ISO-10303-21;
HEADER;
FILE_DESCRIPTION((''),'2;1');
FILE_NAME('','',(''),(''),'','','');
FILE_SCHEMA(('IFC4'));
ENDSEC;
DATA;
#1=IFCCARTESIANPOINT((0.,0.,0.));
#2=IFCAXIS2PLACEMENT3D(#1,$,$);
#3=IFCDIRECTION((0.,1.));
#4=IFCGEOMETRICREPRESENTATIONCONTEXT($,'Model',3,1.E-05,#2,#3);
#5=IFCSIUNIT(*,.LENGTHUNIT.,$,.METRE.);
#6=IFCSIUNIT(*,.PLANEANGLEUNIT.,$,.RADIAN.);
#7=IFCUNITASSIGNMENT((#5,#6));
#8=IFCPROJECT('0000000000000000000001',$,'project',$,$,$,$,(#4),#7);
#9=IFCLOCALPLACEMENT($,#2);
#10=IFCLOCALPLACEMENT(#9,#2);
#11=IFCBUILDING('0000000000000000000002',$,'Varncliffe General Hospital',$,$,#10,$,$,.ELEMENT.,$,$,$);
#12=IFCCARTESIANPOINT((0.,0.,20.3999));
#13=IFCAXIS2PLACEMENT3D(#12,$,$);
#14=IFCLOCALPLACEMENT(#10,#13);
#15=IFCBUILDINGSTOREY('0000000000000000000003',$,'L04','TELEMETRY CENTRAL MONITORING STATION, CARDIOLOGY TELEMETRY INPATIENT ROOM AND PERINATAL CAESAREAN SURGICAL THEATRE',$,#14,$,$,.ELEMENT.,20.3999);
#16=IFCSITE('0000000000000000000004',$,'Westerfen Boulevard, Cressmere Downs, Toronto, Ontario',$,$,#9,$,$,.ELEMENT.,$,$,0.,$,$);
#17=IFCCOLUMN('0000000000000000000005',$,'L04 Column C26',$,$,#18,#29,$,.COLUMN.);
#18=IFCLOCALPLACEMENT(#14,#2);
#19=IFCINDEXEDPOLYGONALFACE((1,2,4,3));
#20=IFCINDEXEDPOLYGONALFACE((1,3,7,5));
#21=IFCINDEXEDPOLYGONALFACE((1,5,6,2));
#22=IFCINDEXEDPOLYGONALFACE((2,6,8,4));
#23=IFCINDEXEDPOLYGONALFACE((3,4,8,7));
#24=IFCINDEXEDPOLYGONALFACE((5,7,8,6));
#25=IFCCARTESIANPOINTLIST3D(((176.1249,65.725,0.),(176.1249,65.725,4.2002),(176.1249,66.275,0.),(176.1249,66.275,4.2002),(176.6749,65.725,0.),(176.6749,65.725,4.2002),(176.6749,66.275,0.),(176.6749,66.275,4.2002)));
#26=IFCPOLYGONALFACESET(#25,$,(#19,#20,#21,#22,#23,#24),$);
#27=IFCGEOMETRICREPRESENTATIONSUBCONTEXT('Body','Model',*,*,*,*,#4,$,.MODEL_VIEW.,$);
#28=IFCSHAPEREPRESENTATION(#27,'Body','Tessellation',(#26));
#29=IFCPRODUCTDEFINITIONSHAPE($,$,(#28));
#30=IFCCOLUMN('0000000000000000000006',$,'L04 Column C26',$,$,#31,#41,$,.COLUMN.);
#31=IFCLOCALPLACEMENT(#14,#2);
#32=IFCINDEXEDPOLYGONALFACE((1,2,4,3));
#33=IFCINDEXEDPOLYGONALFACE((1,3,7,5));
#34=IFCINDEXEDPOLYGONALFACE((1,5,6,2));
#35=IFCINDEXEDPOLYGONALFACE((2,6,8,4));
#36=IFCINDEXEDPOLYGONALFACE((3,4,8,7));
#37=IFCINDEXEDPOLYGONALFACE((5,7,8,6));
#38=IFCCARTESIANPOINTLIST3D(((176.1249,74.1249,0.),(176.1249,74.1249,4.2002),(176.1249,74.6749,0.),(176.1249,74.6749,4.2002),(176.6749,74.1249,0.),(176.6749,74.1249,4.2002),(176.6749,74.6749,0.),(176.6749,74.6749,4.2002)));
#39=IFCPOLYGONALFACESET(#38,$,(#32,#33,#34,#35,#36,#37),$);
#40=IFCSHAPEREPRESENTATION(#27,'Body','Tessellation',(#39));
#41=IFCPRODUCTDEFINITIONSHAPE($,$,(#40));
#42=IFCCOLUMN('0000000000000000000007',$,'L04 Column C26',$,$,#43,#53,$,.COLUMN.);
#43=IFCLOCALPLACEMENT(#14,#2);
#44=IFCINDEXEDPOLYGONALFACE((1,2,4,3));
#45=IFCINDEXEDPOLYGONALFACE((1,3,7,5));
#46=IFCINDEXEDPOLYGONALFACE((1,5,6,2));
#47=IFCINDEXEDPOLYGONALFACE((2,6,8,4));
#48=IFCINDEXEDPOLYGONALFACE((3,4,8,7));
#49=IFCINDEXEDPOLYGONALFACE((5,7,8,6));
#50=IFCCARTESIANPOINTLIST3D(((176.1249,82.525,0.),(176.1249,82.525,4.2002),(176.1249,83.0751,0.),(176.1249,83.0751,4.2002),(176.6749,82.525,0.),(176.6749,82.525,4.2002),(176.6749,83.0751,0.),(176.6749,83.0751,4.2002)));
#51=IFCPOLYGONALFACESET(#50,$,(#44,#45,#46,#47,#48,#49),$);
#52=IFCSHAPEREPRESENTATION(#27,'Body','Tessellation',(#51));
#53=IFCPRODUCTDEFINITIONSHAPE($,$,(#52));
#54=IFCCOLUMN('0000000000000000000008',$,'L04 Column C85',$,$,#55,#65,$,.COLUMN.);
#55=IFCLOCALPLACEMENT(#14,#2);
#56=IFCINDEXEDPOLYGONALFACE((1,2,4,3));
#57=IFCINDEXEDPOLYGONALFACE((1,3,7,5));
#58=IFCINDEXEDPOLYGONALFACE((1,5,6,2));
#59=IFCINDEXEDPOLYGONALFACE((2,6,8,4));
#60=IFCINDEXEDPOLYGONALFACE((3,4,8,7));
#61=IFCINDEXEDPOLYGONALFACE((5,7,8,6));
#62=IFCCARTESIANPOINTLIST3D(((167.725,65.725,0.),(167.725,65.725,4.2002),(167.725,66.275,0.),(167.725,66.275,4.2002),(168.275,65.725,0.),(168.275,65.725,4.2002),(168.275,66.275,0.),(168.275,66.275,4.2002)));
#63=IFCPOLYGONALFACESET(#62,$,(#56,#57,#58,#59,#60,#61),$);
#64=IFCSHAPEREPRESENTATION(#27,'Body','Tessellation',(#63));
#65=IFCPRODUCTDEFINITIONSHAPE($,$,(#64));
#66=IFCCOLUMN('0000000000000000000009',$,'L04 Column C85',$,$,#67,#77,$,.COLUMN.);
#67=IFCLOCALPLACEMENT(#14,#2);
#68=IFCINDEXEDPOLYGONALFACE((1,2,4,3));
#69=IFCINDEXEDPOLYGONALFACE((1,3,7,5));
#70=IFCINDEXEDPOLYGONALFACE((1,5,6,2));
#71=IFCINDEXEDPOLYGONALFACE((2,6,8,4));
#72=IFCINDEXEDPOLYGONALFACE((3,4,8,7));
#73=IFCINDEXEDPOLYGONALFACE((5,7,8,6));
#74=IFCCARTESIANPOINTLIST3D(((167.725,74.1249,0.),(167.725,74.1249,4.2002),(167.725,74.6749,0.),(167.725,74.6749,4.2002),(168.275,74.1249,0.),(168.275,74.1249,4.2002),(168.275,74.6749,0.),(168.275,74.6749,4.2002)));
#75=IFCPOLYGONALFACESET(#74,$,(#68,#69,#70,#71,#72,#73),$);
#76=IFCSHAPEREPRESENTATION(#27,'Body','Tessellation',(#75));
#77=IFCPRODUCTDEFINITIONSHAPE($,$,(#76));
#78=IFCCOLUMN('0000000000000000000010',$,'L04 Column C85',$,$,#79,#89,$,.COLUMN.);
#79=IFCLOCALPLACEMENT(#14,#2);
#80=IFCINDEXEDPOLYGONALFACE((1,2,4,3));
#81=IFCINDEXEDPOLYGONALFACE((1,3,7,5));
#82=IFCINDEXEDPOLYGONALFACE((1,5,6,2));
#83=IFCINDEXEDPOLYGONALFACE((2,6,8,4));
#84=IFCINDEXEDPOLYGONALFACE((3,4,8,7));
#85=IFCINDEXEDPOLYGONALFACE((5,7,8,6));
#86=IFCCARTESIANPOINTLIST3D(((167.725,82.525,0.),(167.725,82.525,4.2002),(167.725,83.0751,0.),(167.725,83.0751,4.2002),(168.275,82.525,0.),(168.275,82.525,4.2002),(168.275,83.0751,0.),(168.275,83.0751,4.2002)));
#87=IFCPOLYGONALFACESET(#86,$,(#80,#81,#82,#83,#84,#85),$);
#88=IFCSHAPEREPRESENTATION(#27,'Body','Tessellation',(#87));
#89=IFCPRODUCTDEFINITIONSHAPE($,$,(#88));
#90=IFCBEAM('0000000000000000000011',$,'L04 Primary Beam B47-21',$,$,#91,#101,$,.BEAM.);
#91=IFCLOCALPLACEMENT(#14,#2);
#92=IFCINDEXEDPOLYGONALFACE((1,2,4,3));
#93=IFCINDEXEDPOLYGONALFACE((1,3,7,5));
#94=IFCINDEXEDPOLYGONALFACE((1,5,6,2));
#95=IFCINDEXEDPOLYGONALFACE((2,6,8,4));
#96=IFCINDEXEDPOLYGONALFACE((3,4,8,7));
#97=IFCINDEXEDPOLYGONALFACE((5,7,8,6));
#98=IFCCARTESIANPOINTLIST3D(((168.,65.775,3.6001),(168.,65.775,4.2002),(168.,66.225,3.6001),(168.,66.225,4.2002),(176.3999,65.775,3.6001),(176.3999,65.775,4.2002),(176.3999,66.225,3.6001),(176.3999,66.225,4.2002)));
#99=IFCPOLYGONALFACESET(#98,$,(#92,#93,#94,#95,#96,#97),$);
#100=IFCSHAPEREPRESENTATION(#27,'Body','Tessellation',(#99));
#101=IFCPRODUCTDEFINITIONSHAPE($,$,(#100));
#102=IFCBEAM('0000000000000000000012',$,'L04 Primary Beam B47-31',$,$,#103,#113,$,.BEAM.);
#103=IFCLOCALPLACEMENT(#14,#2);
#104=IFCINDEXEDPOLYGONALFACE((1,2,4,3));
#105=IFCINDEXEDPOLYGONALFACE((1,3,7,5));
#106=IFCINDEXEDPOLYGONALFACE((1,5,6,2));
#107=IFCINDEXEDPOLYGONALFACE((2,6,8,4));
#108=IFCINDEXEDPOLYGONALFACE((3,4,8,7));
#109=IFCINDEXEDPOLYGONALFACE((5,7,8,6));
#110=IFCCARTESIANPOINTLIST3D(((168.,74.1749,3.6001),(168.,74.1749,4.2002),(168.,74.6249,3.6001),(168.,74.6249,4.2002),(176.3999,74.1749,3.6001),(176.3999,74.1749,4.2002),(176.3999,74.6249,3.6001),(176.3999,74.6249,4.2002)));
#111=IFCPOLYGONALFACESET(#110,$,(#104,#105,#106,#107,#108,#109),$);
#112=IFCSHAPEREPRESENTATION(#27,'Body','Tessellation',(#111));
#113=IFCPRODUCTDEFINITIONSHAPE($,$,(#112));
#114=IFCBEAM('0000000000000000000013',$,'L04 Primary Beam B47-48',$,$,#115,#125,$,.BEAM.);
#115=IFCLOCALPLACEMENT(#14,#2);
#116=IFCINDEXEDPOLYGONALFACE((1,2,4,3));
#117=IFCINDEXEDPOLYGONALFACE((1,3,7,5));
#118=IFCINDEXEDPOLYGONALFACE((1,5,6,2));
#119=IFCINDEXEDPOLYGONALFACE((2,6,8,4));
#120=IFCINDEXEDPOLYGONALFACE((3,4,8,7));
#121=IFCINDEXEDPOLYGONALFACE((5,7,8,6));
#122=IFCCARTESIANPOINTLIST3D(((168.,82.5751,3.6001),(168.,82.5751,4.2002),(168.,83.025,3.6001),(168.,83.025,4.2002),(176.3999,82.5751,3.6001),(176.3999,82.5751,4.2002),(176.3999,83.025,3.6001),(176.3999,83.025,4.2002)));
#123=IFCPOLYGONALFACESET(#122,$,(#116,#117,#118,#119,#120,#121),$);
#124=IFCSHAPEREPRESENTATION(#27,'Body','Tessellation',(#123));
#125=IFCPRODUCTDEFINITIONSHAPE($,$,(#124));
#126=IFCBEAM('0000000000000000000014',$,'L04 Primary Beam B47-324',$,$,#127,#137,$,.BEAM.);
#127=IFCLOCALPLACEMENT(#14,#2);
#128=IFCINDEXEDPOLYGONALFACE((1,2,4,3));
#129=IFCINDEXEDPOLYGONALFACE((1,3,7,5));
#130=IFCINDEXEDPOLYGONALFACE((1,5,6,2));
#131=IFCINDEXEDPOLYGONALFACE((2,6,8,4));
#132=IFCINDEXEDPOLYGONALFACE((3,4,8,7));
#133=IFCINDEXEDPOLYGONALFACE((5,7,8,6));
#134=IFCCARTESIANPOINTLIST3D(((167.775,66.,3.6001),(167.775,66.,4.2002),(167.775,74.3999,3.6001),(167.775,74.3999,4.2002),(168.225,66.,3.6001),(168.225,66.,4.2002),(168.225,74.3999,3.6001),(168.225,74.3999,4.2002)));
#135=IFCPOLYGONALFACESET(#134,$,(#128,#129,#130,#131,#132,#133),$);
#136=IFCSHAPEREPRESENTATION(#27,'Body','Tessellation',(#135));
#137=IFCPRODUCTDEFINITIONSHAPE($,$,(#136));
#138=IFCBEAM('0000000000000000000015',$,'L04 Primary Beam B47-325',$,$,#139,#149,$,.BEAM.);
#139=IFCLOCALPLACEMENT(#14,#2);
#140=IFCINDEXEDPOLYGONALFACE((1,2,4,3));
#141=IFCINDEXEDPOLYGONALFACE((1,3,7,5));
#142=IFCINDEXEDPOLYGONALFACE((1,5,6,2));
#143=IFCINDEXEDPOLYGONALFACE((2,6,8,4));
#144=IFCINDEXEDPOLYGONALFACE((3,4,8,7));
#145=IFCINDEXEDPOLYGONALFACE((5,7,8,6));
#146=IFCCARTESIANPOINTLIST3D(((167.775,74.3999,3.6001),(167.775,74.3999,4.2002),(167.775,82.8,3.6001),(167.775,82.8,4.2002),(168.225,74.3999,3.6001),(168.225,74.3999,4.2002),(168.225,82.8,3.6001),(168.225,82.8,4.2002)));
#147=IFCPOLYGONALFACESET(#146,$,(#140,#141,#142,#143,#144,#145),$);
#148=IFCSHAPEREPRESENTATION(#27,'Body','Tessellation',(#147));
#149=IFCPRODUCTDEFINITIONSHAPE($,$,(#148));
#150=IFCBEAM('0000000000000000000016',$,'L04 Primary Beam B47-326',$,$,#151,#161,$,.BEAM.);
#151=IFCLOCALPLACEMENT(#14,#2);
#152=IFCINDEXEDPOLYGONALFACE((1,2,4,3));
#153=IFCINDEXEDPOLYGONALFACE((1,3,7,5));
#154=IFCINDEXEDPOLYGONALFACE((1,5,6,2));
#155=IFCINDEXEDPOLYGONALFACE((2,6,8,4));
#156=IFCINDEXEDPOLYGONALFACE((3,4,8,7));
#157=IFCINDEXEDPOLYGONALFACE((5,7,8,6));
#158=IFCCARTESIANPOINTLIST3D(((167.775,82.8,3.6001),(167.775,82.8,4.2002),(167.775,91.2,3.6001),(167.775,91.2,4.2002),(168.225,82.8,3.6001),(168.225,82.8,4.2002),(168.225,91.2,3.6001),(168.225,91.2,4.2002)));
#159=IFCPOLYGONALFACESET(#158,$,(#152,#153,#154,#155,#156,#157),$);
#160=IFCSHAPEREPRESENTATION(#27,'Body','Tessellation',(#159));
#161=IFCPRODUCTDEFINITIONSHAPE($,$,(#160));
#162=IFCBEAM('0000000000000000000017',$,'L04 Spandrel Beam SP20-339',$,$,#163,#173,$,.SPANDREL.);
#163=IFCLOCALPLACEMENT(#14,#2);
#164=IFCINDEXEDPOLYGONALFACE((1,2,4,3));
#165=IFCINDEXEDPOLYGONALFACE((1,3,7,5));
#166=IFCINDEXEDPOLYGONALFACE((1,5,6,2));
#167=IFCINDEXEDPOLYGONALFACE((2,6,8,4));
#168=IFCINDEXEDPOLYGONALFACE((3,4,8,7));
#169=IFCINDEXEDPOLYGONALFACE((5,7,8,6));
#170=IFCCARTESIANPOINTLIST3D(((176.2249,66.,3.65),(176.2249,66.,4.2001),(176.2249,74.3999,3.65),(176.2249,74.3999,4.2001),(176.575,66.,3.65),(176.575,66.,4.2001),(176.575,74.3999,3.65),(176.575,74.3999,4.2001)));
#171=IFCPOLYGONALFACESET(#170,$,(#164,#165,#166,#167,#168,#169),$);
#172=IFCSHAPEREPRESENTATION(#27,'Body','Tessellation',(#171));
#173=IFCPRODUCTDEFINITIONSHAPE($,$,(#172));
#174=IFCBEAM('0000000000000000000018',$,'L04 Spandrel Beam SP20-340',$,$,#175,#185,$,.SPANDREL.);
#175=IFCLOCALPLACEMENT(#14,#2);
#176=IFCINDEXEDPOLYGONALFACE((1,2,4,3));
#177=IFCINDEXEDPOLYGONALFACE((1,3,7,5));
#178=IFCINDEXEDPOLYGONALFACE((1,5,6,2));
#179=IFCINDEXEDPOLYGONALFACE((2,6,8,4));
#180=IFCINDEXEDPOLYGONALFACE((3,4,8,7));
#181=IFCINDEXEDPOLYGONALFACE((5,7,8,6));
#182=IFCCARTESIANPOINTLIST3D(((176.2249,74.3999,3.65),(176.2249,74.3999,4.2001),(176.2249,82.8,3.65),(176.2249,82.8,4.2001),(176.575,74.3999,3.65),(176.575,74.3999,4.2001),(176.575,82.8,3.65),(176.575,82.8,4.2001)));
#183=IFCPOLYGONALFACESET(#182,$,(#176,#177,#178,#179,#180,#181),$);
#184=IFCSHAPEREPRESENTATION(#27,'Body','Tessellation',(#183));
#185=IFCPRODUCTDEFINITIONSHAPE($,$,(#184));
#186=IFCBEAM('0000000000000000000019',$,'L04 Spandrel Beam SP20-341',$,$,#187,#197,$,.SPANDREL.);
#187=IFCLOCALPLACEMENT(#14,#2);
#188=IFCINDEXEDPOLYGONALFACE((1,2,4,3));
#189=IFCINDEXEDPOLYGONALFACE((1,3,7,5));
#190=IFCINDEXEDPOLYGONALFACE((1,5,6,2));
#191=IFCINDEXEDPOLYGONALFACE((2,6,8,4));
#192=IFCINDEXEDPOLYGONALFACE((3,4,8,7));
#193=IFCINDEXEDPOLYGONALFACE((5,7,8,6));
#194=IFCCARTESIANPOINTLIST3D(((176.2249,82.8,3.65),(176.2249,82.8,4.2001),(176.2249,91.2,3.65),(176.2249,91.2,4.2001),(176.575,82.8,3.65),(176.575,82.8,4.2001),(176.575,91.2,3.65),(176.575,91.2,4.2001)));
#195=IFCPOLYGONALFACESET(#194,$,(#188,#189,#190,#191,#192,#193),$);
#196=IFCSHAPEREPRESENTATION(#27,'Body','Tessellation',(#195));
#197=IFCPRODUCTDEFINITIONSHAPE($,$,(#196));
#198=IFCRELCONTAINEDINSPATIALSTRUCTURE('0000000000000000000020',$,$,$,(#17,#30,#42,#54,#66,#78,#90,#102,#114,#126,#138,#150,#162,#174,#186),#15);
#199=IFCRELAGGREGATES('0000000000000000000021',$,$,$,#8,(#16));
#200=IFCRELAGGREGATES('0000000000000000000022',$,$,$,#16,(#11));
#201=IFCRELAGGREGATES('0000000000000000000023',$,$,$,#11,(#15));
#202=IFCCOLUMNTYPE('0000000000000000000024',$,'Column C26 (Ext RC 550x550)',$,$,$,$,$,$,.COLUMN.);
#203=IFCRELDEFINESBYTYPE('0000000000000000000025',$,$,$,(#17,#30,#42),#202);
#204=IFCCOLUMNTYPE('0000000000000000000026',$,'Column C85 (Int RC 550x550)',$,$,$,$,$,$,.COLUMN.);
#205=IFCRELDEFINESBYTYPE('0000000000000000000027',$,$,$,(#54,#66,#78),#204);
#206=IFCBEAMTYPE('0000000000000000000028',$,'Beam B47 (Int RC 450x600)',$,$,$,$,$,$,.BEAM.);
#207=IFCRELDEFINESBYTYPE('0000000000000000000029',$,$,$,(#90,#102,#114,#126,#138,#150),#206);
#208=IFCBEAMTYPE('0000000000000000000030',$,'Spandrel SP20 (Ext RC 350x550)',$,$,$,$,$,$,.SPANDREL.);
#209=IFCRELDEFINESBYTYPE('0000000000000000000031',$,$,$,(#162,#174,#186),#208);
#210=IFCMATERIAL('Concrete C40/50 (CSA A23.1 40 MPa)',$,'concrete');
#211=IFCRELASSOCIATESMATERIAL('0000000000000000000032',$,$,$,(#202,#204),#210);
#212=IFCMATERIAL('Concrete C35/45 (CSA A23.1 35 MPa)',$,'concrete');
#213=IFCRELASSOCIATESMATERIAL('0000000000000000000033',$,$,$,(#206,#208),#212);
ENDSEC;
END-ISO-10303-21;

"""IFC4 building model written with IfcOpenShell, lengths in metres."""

from ifc_helpers import new_model, si_unit, direction, frame, origin, origin_2d, place, context, subcontext, project, spatial, rectangle, extrude, material, material_profile, profile_set, type_object, element, save


model = new_model("IFC4")

# Units and contexts
model_context = context("Model", 3, precision=1e-05, world=origin(), true_north=direction((0.0, 1.0)))
body_context = subcontext(model_context, "Body", "Model", "MODEL_VIEW")
ifc_project = project(units=[si_unit("LENGTHUNIT", "METRE"), si_unit("PLANEANGLEUNIT", "RADIAN")], contexts=[model_context])

# Site, building, storey
site_placement = place(None, origin())
site = spatial("IfcSite", under=ifc_project, at=site_placement, Name="Westerfen Boulevard, Cressmere Downs, Toronto, Ontario", CompositionType="ELEMENT", RefElevation=0.0)
building_placement = place(site_placement, origin())
building = spatial("IfcBuilding", under=site, at=building_placement, Name="Varncliffe General Hospital", CompositionType="ELEMENT")
storey_placement = place(building_placement, frame((0.0, 0.0, 20.3999)))
storey = spatial("IfcBuildingStorey", under=building, at=storey_placement, Name="L04", Description="TELEMETRY CENTRAL MONITORING STATION, CARDIOLOGY TELEMETRY INPATIENT ROOM AND PERINATAL CAESAREAN SURGICAL THEATRE", CompositionType="ELEMENT", Elevation=20.3999)

# Columns
ifc_material_1 = material(Name="Concrete C40/50 (CSA A23.1 40 MPa)", Category="concrete")
ifc_material_profile_1 = material_profile(ifc_material_1, rectangle(XDim=0.55, YDim=0.55, at=origin_2d()), Name="RC 550x550")
ifc_profile_set_1 = profile_set([ifc_material_profile_1], Name="Concrete C40/50 (CSA A23.1 40 MPa)")
column_type_1 = type_object("IfcColumnType", Name="Column C26 (Ext RC 550x550)", PredefinedType="COLUMN", material=ifc_profile_set_1)
for number, where, z_axis, x_axis, name in (
    (1, (176.3999, 66.0, 0.0), (0.0, 0.0, 1.0), (1.0, 0.0, 0.0), "L04 Column C26"),
    (2, (176.3999, 74.3999, 0.0), (0.0, 0.0, 1.0), (1.0, 0.0, 0.0), "L04 Column C26"),
    (3, (176.3999, 82.8, 0.0), (0.0, 0.0, 1.0), (1.0, 0.0, 0.0), "L04 Column C26"),
):
    element("IfcColumn", number, at=place(storey_placement, frame(where, z_axis=z_axis, x_axis=x_axis)), inside=storey, type_object=column_type_1, Name=name, PredefinedType="COLUMN", context=body_context, shape_type="SweptSolid", body=[
        extrude(rectangle(XDim=0.55, YDim=0.55, at=origin_2d()), origin(), (0.0, 0.0, 1.0), 4.2002),
    ])
ifc_material_profile_2 = material_profile(ifc_material_1, rectangle(XDim=0.55, YDim=0.55, at=origin_2d()), Name="RC 550x550")
ifc_profile_set_2 = profile_set([ifc_material_profile_2], Name="Concrete C40/50 (CSA A23.1 40 MPa)")
column_type_2 = type_object("IfcColumnType", Name="Column C85 (Int RC 550x550)", PredefinedType="COLUMN", material=ifc_profile_set_2)
for number, where, z_axis, x_axis, name in (
    (4, (168.0, 66.0, 0.0), (0.0, 0.0, 1.0), (1.0, 0.0, 0.0), "L04 Column C85"),
    (5, (168.0, 74.3999, 0.0), (0.0, 0.0, 1.0), (1.0, 0.0, 0.0), "L04 Column C85"),
    (6, (168.0, 82.8, 0.0), (0.0, 0.0, 1.0), (1.0, 0.0, 0.0), "L04 Column C85"),
):
    element("IfcColumn", number, at=place(storey_placement, frame(where, z_axis=z_axis, x_axis=x_axis)), inside=storey, type_object=column_type_2, Name=name, PredefinedType="COLUMN", context=body_context, shape_type="SweptSolid", body=[
        extrude(rectangle(XDim=0.55, YDim=0.55, at=origin_2d()), origin(), (0.0, 0.0, 1.0), 4.2002),
    ])

# Beams
ifc_material_2 = material(Name="Concrete C35/45 (CSA A23.1 35 MPa)", Category="concrete")
ifc_material_profile_3 = material_profile(ifc_material_2, rectangle(XDim=0.45, YDim=0.6001, at=origin_2d()), Name="RC 450x600")
ifc_profile_set_3 = profile_set([ifc_material_profile_3], Name="Concrete C35/45 (CSA A23.1 35 MPa)")
beam_type_1 = type_object("IfcBeamType", Name="Beam B47 (Int RC 450x600)", PredefinedType="BEAM", material=ifc_profile_set_3)
for number, where, z_axis, x_axis, name in (
    (7, (168.0, 66.0, 3.9001), (1.0, 0.0, 0.0), (0.0, 1.0, 0.0), "L04 Primary Beam B47-21"),
    (8, (168.0, 74.3999, 3.9001), (1.0, 0.0, 0.0), (0.0, 1.0, 0.0), "L04 Primary Beam B47-31"),
    (9, (168.0, 82.8, 3.9001), (1.0, 0.0, 0.0), (0.0, 1.0, 0.0), "L04 Primary Beam B47-48"),
    (10, (168.0, 66.0, 3.9001), (0.0, 1.0, 0.0), (-1.0, 0.0, 0.0), "L04 Primary Beam B47-324"),
):
    element("IfcBeam", number, at=place(storey_placement, frame(where, z_axis=z_axis, x_axis=x_axis)), inside=storey, type_object=beam_type_1, Name=name, PredefinedType="BEAM", context=body_context, shape_type="SweptSolid", body=[
        extrude(rectangle(XDim=0.45, YDim=0.6001, at=origin_2d()), origin(), (0.0, 0.0, 1.0), 8.3999),
    ])
beam_1_placement = place(storey_placement, frame((168.0, 74.3999, 3.9001), z_axis=(0.0, 1.0, 0.0), x_axis=(-1.0, 0.0, 0.0)))
element("IfcBeam", 11, at=beam_1_placement, inside=storey, type_object=beam_type_1, Name="L04 Primary Beam B47-325", PredefinedType="BEAM", context=body_context, shape_type="SweptSolid", body=[
    extrude(rectangle(XDim=0.45, YDim=0.6001, at=origin_2d()), origin(), (0.0, 0.0, 1.0), 8.4001),
])
beam_2_placement = place(storey_placement, frame((168.0, 82.8, 3.9001), z_axis=(0.0, 1.0, 0.0), x_axis=(-1.0, 0.0, 0.0)))
element("IfcBeam", 12, at=beam_2_placement, inside=storey, type_object=beam_type_1, Name="L04 Primary Beam B47-326", PredefinedType="BEAM", context=body_context, shape_type="SweptSolid", body=[
    extrude(rectangle(XDim=0.45, YDim=0.6001, at=origin_2d()), origin(), (0.0, 0.0, 1.0), 8.3999),
])
ifc_material_profile_4 = material_profile(ifc_material_2, rectangle(XDim=0.3501, YDim=0.55, at=origin_2d()), Name="RC 350x550")
ifc_profile_set_4 = profile_set([ifc_material_profile_4], Name="Concrete C35/45 (CSA A23.1 35 MPa)")
beam_type_2 = type_object("IfcBeamType", Name="Spandrel SP20 (Ext RC 350x550)", PredefinedType="SPANDREL", material=ifc_profile_set_4)
beam_3_placement = place(storey_placement, frame((176.3999, 66.0, 3.925), z_axis=(0.0, 1.0, 0.0), x_axis=(-1.0, 0.0, 0.0)))
element("IfcBeam", 13, at=beam_3_placement, inside=storey, type_object=beam_type_2, Name="L04 Spandrel Beam SP20-339", PredefinedType="SPANDREL", context=body_context, shape_type="SweptSolid", body=[
    extrude(rectangle(XDim=0.3501, YDim=0.55, at=origin_2d()), origin(), (0.0, 0.0, 1.0), 8.3999),
])
beam_4_placement = place(storey_placement, frame((176.3999, 74.3999, 3.925), z_axis=(0.0, 1.0, 0.0), x_axis=(-1.0, 0.0, 0.0)))
element("IfcBeam", 14, at=beam_4_placement, inside=storey, type_object=beam_type_2, Name="L04 Spandrel Beam SP20-340", PredefinedType="SPANDREL", context=body_context, shape_type="SweptSolid", body=[
    extrude(rectangle(XDim=0.3501, YDim=0.55, at=origin_2d()), origin(), (0.0, 0.0, 1.0), 8.4001),
])
beam_5_placement = place(storey_placement, frame((176.3999, 82.8, 3.925), z_axis=(0.0, 1.0, 0.0), x_axis=(-1.0, 0.0, 0.0)))
element("IfcBeam", 15, at=beam_5_placement, inside=storey, type_object=beam_type_2, Name="L04 Spandrel Beam SP20-341", PredefinedType="SPANDREL", context=body_context, shape_type="SweptSolid", body=[
    extrude(rectangle(XDim=0.3501, YDim=0.55, at=origin_2d()), origin(), (0.0, 0.0, 1.0), 8.3999),
])

save(model, "model.ifc")
